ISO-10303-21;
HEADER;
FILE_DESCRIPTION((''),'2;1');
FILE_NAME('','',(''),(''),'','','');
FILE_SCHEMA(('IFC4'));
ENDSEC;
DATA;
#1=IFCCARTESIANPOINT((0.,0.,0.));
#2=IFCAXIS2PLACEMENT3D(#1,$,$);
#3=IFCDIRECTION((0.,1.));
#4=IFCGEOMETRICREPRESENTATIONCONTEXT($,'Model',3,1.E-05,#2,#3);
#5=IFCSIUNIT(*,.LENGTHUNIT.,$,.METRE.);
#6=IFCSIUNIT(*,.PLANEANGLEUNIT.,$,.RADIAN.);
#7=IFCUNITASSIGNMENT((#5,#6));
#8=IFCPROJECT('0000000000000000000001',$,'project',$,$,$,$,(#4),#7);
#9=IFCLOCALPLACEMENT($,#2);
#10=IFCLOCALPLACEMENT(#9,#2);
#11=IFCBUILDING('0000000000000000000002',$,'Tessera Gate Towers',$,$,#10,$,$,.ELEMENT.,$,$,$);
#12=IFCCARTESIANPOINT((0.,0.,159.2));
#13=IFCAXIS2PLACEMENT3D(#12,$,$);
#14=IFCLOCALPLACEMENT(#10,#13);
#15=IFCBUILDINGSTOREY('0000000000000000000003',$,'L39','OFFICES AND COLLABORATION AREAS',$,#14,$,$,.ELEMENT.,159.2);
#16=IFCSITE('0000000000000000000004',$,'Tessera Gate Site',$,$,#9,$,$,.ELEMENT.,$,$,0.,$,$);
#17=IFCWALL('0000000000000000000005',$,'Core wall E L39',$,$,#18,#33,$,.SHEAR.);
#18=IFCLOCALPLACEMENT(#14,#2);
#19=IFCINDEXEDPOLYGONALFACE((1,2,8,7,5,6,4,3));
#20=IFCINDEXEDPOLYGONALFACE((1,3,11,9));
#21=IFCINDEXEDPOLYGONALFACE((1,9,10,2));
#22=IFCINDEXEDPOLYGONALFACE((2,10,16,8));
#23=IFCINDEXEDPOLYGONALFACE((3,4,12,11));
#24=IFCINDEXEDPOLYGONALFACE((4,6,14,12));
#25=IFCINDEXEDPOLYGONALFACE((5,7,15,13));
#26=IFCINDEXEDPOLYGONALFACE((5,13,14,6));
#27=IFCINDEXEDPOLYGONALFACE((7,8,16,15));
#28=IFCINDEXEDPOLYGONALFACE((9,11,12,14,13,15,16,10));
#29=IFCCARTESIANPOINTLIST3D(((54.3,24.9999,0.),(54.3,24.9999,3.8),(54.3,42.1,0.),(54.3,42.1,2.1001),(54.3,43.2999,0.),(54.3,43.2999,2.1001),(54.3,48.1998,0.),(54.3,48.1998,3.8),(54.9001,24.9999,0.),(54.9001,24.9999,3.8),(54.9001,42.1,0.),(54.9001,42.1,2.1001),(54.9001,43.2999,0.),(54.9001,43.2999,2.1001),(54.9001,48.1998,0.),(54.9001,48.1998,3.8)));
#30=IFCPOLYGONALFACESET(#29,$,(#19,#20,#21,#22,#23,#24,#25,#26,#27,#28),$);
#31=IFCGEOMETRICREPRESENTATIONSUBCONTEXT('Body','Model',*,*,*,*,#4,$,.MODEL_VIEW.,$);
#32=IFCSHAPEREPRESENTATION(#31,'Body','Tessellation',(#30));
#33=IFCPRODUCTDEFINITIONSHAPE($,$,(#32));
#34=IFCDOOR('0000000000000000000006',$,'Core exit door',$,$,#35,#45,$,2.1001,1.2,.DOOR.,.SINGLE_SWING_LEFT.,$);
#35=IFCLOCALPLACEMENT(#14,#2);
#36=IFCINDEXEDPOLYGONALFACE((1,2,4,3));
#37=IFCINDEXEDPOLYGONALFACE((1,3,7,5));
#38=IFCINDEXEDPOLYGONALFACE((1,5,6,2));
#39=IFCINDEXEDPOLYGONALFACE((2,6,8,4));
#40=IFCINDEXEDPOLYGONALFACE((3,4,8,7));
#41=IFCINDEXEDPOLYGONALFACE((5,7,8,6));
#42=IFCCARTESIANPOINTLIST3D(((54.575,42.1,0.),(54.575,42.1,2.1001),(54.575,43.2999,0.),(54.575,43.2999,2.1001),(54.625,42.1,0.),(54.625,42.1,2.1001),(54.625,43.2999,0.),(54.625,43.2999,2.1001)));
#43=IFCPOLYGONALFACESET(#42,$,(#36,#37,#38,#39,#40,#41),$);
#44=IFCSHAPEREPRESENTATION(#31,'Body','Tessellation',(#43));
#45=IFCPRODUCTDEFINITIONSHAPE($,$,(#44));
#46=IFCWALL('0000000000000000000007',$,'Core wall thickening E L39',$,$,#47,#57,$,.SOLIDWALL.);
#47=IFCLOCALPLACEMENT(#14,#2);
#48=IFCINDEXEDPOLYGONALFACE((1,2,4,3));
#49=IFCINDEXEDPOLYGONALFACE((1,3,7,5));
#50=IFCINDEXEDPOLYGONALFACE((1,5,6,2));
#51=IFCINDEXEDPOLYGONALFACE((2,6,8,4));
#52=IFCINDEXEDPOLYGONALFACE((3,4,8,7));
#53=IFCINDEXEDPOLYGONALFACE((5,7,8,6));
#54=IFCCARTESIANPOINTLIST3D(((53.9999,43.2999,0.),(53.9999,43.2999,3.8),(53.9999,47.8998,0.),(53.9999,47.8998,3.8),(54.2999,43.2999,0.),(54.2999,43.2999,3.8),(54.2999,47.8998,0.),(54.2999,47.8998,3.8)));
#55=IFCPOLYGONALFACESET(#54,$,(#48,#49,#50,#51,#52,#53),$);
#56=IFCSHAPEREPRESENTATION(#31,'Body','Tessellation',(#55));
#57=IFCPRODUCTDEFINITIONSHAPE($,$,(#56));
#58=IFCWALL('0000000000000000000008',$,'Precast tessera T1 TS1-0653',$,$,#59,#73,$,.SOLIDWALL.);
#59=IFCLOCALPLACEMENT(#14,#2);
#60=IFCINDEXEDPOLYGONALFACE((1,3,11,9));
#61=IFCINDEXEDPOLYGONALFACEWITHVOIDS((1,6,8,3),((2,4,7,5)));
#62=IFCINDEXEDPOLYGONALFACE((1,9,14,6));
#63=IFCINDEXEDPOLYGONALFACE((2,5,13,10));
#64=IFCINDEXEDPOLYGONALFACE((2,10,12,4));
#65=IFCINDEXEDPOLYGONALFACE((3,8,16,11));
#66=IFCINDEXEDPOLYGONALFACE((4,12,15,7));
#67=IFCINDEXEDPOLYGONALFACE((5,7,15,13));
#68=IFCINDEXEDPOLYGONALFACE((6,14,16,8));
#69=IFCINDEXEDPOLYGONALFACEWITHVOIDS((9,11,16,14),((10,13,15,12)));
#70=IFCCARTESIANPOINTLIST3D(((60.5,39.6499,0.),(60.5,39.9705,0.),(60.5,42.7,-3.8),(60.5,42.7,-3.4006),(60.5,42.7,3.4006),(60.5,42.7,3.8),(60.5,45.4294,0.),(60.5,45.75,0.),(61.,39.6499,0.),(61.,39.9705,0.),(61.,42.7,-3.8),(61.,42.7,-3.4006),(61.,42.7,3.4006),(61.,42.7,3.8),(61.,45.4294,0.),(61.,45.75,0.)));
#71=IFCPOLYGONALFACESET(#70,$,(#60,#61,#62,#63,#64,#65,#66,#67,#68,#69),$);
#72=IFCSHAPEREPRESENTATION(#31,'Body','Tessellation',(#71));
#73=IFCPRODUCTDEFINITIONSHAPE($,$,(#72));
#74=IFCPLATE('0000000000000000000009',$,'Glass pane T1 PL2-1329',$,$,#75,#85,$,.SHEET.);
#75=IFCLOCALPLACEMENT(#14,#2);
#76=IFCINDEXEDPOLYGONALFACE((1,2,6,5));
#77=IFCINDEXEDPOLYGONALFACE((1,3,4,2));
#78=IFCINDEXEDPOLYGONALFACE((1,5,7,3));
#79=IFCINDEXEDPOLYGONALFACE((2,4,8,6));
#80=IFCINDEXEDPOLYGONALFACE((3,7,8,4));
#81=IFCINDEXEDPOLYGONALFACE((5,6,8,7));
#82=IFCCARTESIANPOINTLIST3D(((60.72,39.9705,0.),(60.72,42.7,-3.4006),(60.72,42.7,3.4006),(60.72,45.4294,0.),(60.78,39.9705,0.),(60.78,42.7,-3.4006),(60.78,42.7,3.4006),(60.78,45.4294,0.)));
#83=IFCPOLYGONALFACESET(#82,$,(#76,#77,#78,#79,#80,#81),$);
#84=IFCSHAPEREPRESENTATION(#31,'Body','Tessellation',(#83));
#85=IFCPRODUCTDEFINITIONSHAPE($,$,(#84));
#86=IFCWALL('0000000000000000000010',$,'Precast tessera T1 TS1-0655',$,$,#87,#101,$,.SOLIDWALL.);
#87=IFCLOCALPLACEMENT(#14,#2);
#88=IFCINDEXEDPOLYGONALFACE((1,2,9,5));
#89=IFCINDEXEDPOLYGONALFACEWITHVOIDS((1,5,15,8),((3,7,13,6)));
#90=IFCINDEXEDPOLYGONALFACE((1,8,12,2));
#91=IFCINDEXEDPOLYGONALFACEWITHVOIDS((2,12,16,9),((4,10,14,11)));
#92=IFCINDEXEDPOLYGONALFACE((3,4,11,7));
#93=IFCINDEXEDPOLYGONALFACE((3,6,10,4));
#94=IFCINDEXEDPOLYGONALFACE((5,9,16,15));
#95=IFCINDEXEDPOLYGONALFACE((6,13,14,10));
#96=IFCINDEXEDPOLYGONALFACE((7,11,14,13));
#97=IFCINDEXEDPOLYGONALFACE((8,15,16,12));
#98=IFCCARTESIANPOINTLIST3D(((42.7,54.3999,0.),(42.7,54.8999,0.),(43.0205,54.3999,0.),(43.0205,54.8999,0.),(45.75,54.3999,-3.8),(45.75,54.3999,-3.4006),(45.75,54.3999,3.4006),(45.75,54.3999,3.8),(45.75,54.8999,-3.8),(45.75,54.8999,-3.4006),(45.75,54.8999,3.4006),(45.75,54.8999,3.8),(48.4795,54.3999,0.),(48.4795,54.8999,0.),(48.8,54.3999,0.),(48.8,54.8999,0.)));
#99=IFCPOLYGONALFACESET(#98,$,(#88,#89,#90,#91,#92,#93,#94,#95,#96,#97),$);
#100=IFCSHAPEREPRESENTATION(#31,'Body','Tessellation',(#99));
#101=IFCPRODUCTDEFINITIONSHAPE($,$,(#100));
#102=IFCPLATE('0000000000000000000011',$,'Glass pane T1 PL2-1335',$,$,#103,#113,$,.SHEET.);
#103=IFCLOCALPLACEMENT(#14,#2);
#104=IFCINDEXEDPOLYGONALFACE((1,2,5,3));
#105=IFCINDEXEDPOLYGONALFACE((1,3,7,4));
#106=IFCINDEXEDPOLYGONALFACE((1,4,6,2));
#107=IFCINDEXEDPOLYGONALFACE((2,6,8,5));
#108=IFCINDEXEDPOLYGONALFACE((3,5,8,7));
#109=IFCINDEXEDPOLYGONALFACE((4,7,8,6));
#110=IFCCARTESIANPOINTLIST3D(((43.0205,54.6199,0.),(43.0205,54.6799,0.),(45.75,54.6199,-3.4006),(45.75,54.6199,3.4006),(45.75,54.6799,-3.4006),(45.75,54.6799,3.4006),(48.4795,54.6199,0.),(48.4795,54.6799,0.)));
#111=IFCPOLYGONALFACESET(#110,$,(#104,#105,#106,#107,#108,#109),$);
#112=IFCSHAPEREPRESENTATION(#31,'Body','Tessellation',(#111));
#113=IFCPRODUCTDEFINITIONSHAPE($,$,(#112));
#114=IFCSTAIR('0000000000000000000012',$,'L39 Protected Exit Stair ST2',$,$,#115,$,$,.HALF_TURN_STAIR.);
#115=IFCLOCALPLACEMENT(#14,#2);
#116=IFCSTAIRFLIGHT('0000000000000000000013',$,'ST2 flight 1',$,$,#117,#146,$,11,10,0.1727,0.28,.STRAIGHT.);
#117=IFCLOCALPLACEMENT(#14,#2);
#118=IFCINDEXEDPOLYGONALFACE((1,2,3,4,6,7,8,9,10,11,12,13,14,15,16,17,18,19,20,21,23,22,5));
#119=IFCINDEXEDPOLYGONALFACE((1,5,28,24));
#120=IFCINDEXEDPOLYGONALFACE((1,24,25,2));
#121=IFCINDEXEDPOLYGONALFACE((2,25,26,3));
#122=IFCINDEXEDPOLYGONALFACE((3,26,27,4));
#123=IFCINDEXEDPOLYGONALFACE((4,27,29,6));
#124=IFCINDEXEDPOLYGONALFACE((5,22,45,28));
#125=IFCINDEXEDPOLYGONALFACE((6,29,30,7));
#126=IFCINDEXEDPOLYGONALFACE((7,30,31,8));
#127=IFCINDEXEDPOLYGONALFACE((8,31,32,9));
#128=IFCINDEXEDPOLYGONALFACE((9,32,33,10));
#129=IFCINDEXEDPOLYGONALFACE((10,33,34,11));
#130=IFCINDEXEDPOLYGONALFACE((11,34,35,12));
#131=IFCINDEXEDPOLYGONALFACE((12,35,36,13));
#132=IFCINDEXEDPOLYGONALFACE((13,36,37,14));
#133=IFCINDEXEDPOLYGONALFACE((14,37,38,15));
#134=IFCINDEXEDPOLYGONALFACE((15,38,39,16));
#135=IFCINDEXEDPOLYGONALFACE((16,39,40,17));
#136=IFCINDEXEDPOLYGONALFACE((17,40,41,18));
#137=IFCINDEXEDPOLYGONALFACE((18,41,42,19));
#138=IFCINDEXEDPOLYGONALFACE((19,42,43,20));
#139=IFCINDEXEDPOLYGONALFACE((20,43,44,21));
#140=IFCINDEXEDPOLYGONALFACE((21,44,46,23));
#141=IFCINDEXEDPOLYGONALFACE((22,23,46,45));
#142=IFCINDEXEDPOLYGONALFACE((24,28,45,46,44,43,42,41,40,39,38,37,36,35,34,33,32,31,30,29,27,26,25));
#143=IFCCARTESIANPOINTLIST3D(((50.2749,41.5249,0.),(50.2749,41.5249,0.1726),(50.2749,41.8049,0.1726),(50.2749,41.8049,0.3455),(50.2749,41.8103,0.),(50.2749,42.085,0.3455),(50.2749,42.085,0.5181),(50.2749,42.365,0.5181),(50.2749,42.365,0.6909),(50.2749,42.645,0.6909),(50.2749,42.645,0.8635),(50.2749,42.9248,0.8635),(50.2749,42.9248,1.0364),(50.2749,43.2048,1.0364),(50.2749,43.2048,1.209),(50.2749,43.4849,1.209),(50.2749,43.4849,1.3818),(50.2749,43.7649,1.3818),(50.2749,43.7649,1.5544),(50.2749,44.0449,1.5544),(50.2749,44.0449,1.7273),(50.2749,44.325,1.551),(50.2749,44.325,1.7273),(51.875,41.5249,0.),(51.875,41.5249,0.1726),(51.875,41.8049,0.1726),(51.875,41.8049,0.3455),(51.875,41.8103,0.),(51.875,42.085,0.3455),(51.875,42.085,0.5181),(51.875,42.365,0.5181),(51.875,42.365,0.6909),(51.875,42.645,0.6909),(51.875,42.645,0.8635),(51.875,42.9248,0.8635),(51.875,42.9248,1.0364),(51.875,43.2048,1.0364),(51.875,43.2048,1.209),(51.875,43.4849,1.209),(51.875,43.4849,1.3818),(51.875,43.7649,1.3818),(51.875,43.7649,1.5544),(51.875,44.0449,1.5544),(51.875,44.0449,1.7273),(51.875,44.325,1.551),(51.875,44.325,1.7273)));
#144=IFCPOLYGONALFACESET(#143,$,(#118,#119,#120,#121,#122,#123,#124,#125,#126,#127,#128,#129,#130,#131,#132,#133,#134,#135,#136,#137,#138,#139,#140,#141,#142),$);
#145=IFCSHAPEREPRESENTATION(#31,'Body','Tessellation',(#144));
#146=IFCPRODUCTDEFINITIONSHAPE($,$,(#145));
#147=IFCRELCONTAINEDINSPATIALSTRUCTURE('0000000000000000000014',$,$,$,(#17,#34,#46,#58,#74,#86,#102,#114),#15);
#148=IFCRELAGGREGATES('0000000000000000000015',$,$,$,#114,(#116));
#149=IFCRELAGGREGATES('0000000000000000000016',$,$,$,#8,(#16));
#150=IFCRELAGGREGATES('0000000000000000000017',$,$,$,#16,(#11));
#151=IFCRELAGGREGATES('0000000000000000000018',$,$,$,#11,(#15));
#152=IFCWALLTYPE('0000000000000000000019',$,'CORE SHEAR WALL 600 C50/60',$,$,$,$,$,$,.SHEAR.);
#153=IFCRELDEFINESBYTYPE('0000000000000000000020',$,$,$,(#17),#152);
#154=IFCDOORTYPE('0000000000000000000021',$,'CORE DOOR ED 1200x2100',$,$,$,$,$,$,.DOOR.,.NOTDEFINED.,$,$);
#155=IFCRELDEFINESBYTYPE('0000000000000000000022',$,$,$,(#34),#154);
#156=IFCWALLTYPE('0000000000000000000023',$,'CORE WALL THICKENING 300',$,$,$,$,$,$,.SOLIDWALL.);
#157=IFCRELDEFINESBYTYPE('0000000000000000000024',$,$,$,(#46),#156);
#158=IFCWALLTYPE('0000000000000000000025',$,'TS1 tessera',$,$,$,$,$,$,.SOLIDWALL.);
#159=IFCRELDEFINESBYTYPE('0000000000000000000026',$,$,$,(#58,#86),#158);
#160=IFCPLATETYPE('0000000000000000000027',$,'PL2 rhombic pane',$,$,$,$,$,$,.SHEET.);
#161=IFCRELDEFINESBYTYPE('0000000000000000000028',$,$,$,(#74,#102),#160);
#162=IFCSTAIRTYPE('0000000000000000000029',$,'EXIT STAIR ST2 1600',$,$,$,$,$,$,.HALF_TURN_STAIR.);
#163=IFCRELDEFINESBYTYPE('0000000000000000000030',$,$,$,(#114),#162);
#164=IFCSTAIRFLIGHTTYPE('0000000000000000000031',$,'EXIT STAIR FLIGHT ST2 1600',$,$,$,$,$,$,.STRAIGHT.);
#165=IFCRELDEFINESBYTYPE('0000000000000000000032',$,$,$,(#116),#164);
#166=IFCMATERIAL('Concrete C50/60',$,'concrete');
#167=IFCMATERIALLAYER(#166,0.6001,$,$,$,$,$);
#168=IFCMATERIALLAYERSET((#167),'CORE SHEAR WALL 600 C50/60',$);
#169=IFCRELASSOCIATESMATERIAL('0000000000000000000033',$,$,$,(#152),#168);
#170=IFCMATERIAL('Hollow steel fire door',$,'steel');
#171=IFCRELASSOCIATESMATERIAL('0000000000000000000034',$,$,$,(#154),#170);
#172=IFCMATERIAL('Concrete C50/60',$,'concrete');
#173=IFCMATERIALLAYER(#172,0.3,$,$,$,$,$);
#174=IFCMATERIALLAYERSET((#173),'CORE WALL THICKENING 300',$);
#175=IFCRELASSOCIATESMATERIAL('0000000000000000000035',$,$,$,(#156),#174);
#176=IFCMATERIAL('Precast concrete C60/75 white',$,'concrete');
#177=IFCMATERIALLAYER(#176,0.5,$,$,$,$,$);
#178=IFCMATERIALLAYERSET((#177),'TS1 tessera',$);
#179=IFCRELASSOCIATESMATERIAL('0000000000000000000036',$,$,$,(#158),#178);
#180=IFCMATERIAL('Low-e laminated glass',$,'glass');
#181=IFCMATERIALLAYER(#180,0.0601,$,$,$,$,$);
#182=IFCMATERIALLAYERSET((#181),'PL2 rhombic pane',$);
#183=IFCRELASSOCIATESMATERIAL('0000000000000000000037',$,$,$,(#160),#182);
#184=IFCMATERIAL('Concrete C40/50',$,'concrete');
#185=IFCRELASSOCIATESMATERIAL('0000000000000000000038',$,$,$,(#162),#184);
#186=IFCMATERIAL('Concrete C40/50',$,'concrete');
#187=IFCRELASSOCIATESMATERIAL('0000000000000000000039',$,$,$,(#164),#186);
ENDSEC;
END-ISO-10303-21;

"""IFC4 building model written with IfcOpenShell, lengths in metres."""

from ifc_helpers import new_model, si_unit, direction, frame, frame_2d, origin, place, context, subcontext, project, spatial, polyline, rectangle, outline, extrude, source, transform, mapped, material, layer, layer_set, type_object, element, fill, aggregate, save


model = new_model("IFC4")

# Units and contexts
model_context = context("Model", 3, precision=1e-05, world=origin(), true_north=direction((0.0, 1.0)))
body_context = subcontext(model_context, "Body", "Model", "MODEL_VIEW")
ifc_project = project(units=[si_unit("LENGTHUNIT", "METRE"), si_unit("PLANEANGLEUNIT", "RADIAN")], contexts=[model_context])

# Site, building, storey
site_placement = place(None, origin())
site = spatial("IfcSite", under=ifc_project, at=site_placement, Name="Tessera Gate Site", CompositionType="ELEMENT", RefElevation=0.0)
building_placement = place(site_placement, origin())
building = spatial("IfcBuilding", under=site, at=building_placement, Name="Tessera Gate Towers", CompositionType="ELEMENT")
storey_placement = place(building_placement, frame((0.0, 0.0, 159.2)))
storey = spatial("IfcBuildingStorey", under=building, at=storey_placement, Name="L39", Description="OFFICES AND COLLABORATION AREAS", CompositionType="ELEMENT", Elevation=159.2)

# Wall, opening, door
shared_shape_1 = source(origin(), body_context, "Body", "SweptSolid", [
    extrude(rectangle(XDim=1.2, YDim=2.1001, at=frame_2d((0.6001, 1.05))), frame((0.0, 0.0249, 0.0), z_axis=(0.0, -1.0, 0.0), x_axis=(1.0, 0.0, 0.0)), (0.0, 0.0, 1.0), 0.05),
])
ifc_material_1 = material(Name="Concrete C50/60", Category="concrete")
ifc_layer_1 = layer(ifc_material_1, 0.6001)
ifc_layer_set_1 = layer_set([ifc_layer_1], Name="CORE SHEAR WALL 600 C50/60")
wall_type_1 = type_object("IfcWallType", Name="CORE SHEAR WALL 600 C50/60", PredefinedType="SHEAR", material=ifc_layer_set_1)
wall_1_placement = place(storey_placement, frame((54.6001, 48.2, 0.0), z_axis=(0.0, 0.0, 1.0), x_axis=(0.0, -1.0, 0.0)))
wall_1 = element("IfcWall", 1, at=wall_1_placement, inside=storey, type_object=wall_type_1, Name="Core wall E L39", PredefinedType="SHEAR", context=body_context, shape_type="SweptSolid", body=[
    extrude(rectangle(XDim=23.2, YDim=0.6001, at=frame_2d((11.6001, 0.0))), origin(), (0.0, 0.0, 1.0), 3.8),
])
shared_shape_2 = source(origin(), body_context, "Body", "SweptSolid", [
    extrude(rectangle(XDim=1.2, YDim=2.1001, at=frame_2d((0.6001, 1.05))), frame((0.0, 0.3101, 0.0), z_axis=(0.0, -1.0, 0.0), x_axis=(1.0, 0.0, 0.0)), (0.0, 0.0, 1.0), 0.6201),
])
opening_1_placement = place(wall_1_placement, frame((4.8999, 0.0, 0.0)))
opening_1 = element("IfcOpeningElement", 2, at=opening_1_placement, cuts=wall_1, PredefinedType="OPENING", context=body_context, shape_type="MappedRepresentation", body=[
    mapped(shared_shape_2, transform((0.0, 0.0, 0.0), scale=1.0)),
])
ifc_material_2 = material(Name="Hollow steel fire door", Category="steel")
door_type_1 = type_object("IfcDoorType", Name="CORE DOOR ED 1200x2100", OperationType="NOTDEFINED", PredefinedType="DOOR", material=ifc_material_2)
door_1_placement = place(opening_1_placement, origin())
door_1 = element("IfcDoor", 3, at=door_1_placement, inside=storey, type_object=door_type_1, Name="Core exit door", OperationType="SINGLE_SWING_LEFT", OverallHeight=2.1001, OverallWidth=1.2, PredefinedType="DOOR", context=body_context, shape_type="MappedRepresentation", body=[
    mapped(shared_shape_1, transform((0.0, 0.0, 0.0), scale=1.0)),
])
fill(opening_1, door_1)

# Wall
ifc_material_3 = material(Name="Concrete C50/60", Category="concrete")
ifc_layer_2 = layer(ifc_material_3, 0.3)
ifc_layer_set_2 = layer_set([ifc_layer_2], Name="CORE WALL THICKENING 300")
wall_type_2 = type_object("IfcWallType", Name="CORE WALL THICKENING 300", PredefinedType="SOLIDWALL", material=ifc_layer_set_2)
wall_2_placement = place(storey_placement, frame((54.1499, 43.3, 0.0), z_axis=(0.0, 0.0, 1.0), x_axis=(0.0, 1.0, 0.0)))
element("IfcWall", 4, at=wall_2_placement, inside=storey, type_object=wall_type_2, Name="Core wall thickening E L39", PredefinedType="SOLIDWALL", context=body_context, shape_type="SweptSolid", body=[
    extrude(rectangle(XDim=4.5999, YDim=0.3, at=frame_2d((2.2998, 0.0))), origin(), (0.0, 0.0, 1.0), 3.8),
])

# Walls, openings, plates
ifc_material_4 = material(Name="Precast concrete C60/75 white", Category="concrete")
ifc_layer_3 = layer(ifc_material_4, 0.5)
ifc_layer_set_3 = layer_set([ifc_layer_3], Name="TS1 tessera")
wall_type_3 = type_object("IfcWallType", Name="TS1 tessera", PredefinedType="SOLIDWALL", material=ifc_layer_set_3)
shared_shape_3 = source(origin(), body_context, "Body", "SweptSolid", [
    extrude(outline(polyline([(3.05, 0.0), (6.1001, 3.8), (3.05, 7.6001), (0.0, 3.8), (3.05, 0.0)])), frame((0.0, 0.25, 0.0), z_axis=(0.0, -1.0, 0.0), x_axis=(1.0, 0.0, 0.0)), (0.0, 0.0, 1.0), 0.5),
])
wall_3_placement = place(storey_placement, frame((60.75, 39.6499, -3.8), z_axis=(0.0, 0.0, 1.0), x_axis=(0.0, 1.0, 0.0)))
wall_3 = element("IfcWall", 5, at=wall_3_placement, inside=storey, type_object=wall_type_3, Name="Precast tessera T1 TS1-0653", PredefinedType="SOLIDWALL", context=body_context, shape_type="MappedRepresentation", body=[
    mapped(shared_shape_3, transform((0.0, 0.0, 0.0), scale=1.0)),
])
shared_shape_4 = source(origin(), body_context, "Body", "SweptSolid", [
    extrude(outline(polyline([(3.05, 0.3994), (5.7795, 3.8), (3.05, 7.2007), (0.3206, 3.8), (3.05, 0.3994)])), frame((0.0, 0.26, 0.0), z_axis=(0.0, -1.0, 0.0), x_axis=(1.0, 0.0, 0.0)), (0.0, 0.0, 1.0), 0.52),
])
opening_2_placement = place(wall_3_placement, origin())
opening_2 = element("IfcOpeningElement", 6, at=opening_2_placement, cuts=wall_3, PredefinedType="OPENING", context=body_context, shape_type="MappedRepresentation", body=[
    mapped(shared_shape_4, transform((0.0, 0.0, 0.0), scale=1.0)),
])
ifc_material_5 = material(Name="Low-e laminated glass", Category="glass")
ifc_layer_4 = layer(ifc_material_5, 0.0601)
ifc_layer_set_4 = layer_set([ifc_layer_4], Name="PL2 rhombic pane")
plate_type = type_object("IfcPlateType", Name="PL2 rhombic pane", PredefinedType="SHEET", material=ifc_layer_set_4)
shared_shape_5 = source(origin(), body_context, "Body", "SweptSolid", [
    extrude(outline(polyline([(3.05, 0.3994), (5.7795, 3.8), (3.05, 7.2007), (0.3206, 3.8), (3.05, 0.3994)])), frame((0.0, 0.03, 0.0), z_axis=(0.0, -1.0, 0.0), x_axis=(1.0, 0.0, 0.0)), (0.0, 0.0, 1.0), 0.0601),
])
plate_1_placement = place(opening_2_placement, origin())
plate_1 = element("IfcPlate", 7, at=plate_1_placement, inside=storey, type_object=plate_type, Name="Glass pane T1 PL2-1329", PredefinedType="SHEET", context=body_context, shape_type="MappedRepresentation", body=[
    mapped(shared_shape_5, transform((0.0, 0.0, 0.0), scale=1.0)),
])
fill(opening_2, plate_1)
wall_4_placement = place(storey_placement, frame((48.8, 54.6499, -3.8), z_axis=(0.0, 0.0, 1.0), x_axis=(-1.0, 0.0, 0.0)))
wall_4 = element("IfcWall", 8, at=wall_4_placement, inside=storey, type_object=wall_type_3, Name="Precast tessera T1 TS1-0655", PredefinedType="SOLIDWALL", context=body_context, shape_type="MappedRepresentation", body=[
    mapped(shared_shape_3, transform((0.0, 0.0, 0.0), scale=1.0)),
])
opening_3_placement = place(wall_4_placement, origin())
opening_3 = element("IfcOpeningElement", 9, at=opening_3_placement, cuts=wall_4, PredefinedType="OPENING", context=body_context, shape_type="MappedRepresentation", body=[
    mapped(shared_shape_4, transform((0.0, 0.0, 0.0), scale=1.0)),
])
plate_2_placement = place(opening_3_placement, origin())
plate_2 = element("IfcPlate", 10, at=plate_2_placement, inside=storey, type_object=plate_type, Name="Glass pane T1 PL2-1335", PredefinedType="SHEET", context=body_context, shape_type="MappedRepresentation", body=[
    mapped(shared_shape_5, transform((0.0, 0.0, 0.0), scale=1.0)),
])
fill(opening_3, plate_2)

# Stair, stair flight
ifc_material_6 = material(Name="Concrete C40/50", Category="concrete")
stair_type = type_object("IfcStairType", Name="EXIT STAIR ST2 1600", PredefinedType="HALF_TURN_STAIR", material=ifc_material_6)
stair_placement = place(storey_placement, origin())
stair = element("IfcStair", 11, at=stair_placement, inside=storey, type_object=stair_type, Name="L39 Protected Exit Stair ST2", PredefinedType="HALF_TURN_STAIR")
ifc_material_7 = material(Name="Concrete C40/50", Category="concrete")
stair_flight_type = type_object("IfcStairFlightType", Name="EXIT STAIR FLIGHT ST2 1600", PredefinedType="STRAIGHT", material=ifc_material_7)
stair_flight_1_placement = place(storey_placement, frame((51.075, 41.5249, 0.0), z_axis=(0.0, 0.0, 1.0), x_axis=(0.0, 1.0, 0.0)))
stair_flight_1 = element("IfcStairFlight", 12, at=stair_flight_1_placement, type_object=stair_flight_type, Name="ST2 flight 1", NumberOfRisers=11, NumberOfTreads=10, PredefinedType="STRAIGHT", RiserHeight=0.1727, TreadLength=0.28, context=body_context, shape_type="SweptSolid", body=[
    extrude(outline(polyline([(0.0, 0.0), (0.0, 0.1726), (0.28, 0.1726), (0.28, 0.3455), (0.5601, 0.3455), (0.5601, 0.5181), (0.8401, 0.5181), (0.8401, 0.6909), (1.1201, 0.6909), (1.1201, 0.8635), (1.3999, 0.8635), (1.3999, 1.0364), (1.6799, 1.0364), (1.6799, 1.209), (1.96, 1.209), (1.96, 1.3818), (2.24, 1.3818), (2.24, 1.5544), (2.52, 1.5544), (2.52, 1.7273), (2.8, 1.7273), (2.8, 1.8999), (2.8, 1.551), (0.2854, 0.0), (0.0, 0.0)])), frame((0.0, 0.8, 0.0), z_axis=(0.0, -1.0, 0.0), x_axis=(1.0, 0.0, 0.0)), (0.0, 0.0, 1.0), 1.6001),
])
aggregate(stair, [stair_flight_1])

save(model, "model.ifc")
